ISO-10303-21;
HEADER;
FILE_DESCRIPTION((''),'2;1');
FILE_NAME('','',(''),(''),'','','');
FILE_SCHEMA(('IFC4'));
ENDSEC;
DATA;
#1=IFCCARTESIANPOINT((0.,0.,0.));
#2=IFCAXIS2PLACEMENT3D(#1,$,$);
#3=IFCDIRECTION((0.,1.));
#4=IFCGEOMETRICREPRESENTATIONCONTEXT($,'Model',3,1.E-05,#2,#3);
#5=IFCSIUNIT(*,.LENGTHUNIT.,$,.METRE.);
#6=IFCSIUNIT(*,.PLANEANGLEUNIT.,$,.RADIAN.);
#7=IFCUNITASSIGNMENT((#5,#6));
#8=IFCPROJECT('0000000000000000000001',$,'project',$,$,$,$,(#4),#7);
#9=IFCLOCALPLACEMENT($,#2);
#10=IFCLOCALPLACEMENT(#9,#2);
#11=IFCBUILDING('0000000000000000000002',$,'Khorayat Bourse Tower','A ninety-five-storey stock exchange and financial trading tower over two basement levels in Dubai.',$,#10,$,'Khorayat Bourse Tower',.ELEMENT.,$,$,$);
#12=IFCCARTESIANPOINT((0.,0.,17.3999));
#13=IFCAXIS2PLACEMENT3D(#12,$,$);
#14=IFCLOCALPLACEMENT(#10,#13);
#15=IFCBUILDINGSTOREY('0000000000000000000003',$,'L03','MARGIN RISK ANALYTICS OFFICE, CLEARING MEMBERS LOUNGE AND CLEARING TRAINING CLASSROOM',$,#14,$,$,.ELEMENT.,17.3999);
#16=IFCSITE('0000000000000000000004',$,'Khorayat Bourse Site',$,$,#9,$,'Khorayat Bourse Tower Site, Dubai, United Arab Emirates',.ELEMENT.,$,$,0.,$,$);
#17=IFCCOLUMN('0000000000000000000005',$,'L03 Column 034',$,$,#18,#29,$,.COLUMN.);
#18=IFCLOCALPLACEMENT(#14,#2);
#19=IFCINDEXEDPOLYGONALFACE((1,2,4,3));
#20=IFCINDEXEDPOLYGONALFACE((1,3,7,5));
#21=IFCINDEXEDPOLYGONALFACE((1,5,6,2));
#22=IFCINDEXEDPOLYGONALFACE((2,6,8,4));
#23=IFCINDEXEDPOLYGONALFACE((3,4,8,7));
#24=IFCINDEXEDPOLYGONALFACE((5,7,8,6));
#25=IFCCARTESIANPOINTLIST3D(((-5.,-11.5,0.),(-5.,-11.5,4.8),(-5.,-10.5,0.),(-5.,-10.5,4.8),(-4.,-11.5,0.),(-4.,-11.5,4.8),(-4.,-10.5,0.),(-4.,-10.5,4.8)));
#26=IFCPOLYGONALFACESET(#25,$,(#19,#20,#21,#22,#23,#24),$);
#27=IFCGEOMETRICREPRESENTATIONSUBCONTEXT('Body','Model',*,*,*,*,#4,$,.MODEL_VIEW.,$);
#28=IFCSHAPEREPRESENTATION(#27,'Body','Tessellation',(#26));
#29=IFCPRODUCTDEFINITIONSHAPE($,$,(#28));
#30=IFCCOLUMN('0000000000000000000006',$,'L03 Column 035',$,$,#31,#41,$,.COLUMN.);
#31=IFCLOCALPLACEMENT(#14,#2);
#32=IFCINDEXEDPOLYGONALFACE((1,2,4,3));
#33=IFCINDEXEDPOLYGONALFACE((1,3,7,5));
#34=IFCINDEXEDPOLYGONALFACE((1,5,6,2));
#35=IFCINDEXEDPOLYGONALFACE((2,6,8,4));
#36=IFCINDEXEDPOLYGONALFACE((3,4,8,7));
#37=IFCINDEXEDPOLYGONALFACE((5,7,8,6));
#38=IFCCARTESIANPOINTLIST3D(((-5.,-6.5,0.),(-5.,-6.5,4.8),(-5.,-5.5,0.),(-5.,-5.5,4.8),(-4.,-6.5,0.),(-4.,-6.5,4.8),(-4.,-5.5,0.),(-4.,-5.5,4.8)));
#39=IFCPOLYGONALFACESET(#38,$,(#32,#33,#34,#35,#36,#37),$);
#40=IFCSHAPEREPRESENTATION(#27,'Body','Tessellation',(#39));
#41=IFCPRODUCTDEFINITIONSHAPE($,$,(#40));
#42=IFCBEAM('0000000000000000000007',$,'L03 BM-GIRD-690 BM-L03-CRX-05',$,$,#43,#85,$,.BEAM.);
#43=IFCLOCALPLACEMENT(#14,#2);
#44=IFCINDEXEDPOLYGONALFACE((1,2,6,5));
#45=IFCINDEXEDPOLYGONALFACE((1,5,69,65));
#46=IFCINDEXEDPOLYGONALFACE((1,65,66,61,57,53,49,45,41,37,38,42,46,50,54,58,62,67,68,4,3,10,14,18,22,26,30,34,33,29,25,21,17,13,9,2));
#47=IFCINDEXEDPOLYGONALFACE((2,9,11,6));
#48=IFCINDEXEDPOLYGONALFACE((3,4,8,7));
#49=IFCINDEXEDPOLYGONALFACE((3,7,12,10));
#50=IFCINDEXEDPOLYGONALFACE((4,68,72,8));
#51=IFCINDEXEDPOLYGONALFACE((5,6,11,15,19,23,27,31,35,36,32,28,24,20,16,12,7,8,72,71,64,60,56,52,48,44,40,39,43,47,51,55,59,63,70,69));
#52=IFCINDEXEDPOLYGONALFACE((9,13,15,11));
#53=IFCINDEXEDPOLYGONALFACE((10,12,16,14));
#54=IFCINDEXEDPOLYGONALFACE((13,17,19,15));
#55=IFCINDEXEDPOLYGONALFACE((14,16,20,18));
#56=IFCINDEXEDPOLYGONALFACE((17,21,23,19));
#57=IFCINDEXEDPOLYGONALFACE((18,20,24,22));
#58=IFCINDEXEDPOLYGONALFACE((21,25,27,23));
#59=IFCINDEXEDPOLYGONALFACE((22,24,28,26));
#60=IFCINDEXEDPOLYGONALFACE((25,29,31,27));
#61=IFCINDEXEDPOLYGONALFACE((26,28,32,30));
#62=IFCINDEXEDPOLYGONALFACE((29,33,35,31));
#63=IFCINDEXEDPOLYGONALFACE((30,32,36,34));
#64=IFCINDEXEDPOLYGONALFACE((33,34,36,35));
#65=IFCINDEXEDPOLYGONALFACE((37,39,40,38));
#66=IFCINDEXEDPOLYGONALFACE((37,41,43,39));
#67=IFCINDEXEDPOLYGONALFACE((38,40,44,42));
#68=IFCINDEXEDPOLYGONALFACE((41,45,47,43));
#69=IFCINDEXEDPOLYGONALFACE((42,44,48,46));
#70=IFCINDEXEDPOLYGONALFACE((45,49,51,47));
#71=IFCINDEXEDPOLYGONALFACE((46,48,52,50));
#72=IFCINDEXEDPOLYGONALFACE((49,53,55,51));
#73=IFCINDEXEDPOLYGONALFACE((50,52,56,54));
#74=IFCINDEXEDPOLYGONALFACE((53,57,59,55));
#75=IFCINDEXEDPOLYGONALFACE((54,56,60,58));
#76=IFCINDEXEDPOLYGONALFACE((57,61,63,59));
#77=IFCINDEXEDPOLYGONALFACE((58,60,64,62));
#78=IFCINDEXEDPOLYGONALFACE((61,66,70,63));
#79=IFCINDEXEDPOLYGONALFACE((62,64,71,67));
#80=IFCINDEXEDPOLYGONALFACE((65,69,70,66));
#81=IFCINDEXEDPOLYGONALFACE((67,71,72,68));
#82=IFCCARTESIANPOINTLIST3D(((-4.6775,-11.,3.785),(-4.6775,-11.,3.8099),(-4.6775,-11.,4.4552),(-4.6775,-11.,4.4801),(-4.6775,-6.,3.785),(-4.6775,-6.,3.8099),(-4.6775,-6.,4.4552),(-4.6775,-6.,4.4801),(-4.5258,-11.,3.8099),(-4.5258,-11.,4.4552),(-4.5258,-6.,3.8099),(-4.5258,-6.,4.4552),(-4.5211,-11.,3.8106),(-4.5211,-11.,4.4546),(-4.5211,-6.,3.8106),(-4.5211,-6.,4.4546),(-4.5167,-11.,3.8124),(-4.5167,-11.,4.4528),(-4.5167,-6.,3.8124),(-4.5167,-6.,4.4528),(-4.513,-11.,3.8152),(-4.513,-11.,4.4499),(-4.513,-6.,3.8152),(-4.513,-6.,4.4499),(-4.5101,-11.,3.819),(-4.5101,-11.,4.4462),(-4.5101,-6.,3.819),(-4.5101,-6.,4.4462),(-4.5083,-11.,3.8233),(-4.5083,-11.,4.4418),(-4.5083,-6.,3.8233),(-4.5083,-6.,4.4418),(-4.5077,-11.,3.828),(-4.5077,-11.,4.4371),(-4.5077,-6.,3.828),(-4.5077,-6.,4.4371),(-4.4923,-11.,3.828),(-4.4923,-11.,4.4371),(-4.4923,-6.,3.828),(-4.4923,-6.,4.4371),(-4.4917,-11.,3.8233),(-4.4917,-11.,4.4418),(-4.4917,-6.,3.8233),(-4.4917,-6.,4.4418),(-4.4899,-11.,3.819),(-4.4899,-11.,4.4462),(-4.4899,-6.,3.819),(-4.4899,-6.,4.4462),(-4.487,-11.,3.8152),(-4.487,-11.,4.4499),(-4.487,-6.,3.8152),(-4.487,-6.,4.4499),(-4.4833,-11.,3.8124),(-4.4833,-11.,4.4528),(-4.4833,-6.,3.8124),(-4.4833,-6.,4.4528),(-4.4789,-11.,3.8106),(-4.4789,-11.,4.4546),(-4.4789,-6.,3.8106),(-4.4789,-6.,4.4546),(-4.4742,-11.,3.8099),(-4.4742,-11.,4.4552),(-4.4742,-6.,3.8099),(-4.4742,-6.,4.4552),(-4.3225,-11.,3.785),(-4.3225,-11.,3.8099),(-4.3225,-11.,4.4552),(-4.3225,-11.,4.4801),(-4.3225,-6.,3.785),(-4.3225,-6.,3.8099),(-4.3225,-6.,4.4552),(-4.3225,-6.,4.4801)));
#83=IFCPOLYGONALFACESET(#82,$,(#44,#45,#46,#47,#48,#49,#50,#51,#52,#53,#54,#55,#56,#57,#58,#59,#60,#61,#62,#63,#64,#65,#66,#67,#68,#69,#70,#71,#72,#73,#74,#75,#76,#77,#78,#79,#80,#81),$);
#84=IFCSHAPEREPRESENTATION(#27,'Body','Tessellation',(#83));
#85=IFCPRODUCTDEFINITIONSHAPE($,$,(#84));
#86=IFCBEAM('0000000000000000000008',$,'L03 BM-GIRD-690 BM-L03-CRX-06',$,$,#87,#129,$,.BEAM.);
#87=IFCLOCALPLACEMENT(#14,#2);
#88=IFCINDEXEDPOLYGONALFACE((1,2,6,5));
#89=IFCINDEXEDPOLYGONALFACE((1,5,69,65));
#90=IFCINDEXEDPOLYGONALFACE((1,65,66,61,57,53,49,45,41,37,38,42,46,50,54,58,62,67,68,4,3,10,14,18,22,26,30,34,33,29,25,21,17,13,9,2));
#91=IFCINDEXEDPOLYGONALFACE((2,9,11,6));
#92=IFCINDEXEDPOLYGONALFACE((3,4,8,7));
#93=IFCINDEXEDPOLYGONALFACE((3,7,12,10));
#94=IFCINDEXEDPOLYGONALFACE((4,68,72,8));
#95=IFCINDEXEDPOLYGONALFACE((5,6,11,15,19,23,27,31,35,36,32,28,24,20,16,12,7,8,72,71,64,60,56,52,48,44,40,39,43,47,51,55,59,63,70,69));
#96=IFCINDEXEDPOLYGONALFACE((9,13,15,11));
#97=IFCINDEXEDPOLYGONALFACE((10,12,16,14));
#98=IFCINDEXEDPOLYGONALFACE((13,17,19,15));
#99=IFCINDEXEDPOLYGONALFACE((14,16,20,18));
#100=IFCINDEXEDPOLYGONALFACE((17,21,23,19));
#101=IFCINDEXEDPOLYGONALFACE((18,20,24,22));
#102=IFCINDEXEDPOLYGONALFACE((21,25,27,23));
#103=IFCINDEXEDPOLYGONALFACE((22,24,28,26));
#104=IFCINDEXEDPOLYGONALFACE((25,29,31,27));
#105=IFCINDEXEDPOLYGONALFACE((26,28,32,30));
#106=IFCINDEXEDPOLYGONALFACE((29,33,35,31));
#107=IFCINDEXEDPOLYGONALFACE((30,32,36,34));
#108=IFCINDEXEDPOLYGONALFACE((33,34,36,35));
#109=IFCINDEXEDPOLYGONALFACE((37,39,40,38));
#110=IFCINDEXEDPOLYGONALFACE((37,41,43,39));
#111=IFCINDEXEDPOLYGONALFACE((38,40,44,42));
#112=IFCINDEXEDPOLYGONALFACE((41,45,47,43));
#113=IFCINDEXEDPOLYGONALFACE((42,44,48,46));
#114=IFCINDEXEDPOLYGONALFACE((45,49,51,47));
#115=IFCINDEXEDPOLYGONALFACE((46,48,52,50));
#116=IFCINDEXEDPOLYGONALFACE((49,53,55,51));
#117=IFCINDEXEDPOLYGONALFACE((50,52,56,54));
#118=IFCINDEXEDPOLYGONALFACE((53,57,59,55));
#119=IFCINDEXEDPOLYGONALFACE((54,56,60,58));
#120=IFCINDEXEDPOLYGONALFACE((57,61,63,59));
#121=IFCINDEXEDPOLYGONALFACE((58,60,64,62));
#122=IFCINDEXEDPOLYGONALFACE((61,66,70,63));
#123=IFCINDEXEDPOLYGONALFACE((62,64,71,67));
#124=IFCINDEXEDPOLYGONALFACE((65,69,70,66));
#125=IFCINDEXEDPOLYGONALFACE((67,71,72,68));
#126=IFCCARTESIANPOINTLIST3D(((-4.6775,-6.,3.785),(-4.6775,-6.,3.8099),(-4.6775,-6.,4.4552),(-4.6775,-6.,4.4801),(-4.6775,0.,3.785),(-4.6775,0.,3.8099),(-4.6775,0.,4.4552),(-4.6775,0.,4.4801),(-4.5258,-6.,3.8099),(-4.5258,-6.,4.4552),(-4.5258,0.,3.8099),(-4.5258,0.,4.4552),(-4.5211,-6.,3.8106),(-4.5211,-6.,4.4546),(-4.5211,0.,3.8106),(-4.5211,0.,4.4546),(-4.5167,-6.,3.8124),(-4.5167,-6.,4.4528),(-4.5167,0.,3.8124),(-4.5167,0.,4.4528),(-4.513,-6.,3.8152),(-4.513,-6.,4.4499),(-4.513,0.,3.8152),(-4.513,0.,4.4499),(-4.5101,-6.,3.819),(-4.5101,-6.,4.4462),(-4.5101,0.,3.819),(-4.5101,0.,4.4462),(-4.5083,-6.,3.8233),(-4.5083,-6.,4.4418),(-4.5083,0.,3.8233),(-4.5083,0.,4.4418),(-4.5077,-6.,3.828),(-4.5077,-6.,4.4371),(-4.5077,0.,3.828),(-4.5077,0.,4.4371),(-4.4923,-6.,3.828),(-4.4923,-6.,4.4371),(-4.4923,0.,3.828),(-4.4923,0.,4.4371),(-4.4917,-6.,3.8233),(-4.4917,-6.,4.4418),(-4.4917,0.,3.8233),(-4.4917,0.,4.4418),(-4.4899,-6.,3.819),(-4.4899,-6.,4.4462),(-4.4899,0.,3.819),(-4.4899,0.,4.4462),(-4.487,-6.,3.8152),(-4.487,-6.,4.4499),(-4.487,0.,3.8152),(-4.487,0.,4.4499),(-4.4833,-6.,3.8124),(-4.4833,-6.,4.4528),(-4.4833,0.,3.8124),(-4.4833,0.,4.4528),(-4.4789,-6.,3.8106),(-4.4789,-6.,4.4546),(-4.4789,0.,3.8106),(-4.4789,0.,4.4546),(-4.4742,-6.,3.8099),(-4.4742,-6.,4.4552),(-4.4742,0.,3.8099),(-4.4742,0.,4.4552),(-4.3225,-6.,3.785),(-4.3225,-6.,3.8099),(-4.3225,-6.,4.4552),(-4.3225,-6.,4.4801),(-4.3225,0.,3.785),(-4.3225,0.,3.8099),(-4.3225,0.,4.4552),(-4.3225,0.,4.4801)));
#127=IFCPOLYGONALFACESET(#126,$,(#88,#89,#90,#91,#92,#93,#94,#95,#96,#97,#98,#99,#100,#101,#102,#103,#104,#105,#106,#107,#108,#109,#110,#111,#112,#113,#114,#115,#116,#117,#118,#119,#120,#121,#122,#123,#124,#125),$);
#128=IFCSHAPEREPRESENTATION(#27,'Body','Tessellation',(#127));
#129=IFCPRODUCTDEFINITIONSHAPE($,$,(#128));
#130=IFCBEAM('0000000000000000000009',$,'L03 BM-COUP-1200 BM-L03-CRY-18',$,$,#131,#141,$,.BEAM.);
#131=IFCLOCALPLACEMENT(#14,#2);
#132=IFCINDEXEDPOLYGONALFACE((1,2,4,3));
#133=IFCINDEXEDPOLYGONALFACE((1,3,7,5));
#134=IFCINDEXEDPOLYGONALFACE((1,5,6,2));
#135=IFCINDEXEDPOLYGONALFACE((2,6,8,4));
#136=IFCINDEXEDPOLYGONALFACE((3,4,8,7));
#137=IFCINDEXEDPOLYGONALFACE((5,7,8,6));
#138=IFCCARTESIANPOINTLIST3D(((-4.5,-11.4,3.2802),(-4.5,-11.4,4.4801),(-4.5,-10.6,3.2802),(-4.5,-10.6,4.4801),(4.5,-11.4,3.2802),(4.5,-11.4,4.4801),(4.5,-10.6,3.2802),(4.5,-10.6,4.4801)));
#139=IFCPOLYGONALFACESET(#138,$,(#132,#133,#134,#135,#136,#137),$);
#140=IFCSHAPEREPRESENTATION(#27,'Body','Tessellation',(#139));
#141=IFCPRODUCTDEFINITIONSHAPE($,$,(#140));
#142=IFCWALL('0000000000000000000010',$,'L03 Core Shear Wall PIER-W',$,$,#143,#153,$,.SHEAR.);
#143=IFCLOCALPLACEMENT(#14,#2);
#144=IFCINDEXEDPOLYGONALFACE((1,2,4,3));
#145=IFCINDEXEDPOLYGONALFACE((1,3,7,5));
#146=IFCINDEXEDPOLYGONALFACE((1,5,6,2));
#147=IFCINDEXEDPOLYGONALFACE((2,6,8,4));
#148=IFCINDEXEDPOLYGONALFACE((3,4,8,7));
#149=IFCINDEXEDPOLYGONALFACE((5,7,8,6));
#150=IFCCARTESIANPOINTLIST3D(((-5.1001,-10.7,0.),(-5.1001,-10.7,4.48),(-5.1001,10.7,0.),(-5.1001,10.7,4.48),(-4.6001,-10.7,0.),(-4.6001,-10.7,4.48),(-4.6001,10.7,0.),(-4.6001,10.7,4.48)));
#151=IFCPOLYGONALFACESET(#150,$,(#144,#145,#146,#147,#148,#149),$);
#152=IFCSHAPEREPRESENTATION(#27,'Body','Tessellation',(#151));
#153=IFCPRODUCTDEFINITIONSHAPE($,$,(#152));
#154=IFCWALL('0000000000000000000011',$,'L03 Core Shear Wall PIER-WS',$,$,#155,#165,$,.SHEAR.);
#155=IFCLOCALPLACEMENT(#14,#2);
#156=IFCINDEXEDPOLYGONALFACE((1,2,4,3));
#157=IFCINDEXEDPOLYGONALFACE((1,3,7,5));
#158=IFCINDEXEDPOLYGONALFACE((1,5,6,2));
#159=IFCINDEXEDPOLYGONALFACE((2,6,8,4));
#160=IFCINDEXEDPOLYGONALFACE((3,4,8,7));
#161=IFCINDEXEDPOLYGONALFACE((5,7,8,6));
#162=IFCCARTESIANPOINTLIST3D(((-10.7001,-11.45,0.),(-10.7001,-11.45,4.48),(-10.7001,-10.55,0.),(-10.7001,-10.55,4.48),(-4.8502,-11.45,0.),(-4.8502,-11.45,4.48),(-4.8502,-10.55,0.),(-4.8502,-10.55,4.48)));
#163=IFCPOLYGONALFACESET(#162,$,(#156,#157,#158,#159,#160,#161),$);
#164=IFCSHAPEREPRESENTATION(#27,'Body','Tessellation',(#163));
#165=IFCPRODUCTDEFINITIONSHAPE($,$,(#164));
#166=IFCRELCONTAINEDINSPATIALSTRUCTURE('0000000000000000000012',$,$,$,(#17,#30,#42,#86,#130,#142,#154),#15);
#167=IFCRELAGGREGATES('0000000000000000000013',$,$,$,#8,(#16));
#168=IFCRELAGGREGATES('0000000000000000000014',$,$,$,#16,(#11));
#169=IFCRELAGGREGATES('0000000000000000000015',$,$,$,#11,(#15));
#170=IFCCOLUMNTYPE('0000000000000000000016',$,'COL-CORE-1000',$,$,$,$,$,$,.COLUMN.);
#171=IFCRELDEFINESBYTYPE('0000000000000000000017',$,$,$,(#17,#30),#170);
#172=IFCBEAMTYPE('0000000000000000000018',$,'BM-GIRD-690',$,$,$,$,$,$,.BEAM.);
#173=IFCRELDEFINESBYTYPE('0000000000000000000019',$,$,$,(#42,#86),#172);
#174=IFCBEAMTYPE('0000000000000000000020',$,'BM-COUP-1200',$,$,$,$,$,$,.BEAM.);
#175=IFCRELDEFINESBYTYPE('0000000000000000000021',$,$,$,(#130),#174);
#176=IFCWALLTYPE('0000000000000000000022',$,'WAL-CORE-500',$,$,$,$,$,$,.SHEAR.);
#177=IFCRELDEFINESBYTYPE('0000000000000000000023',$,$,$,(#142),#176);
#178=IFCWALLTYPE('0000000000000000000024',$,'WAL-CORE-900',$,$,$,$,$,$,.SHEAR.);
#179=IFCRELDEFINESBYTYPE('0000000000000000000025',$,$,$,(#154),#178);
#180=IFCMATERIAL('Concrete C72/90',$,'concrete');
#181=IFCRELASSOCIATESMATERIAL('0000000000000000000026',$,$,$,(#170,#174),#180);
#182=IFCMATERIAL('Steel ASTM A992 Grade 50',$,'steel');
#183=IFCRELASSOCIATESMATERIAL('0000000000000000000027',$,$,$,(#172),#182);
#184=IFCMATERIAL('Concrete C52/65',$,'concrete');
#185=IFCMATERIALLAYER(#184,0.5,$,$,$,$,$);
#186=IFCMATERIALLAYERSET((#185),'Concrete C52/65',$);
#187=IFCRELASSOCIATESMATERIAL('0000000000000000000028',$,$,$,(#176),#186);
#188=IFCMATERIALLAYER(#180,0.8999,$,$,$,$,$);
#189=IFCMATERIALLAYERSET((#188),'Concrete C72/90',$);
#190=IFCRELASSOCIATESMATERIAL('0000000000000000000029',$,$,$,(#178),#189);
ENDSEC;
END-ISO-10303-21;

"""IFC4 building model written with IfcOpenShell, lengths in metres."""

from ifc_helpers import new_model, si_unit, direction, frame, frame_2d, origin, origin_2d, place, context, subcontext, project, spatial, rectangle, i_section, extrude, source, transform, mapped, material, layer, layer_set, material_profile, profile_set, type_object, element, save


model = new_model("IFC4")

# Units and contexts
model_context = context("Model", 3, precision=1e-05, world=origin(), true_north=direction((0.0, 1.0)))
body_context = subcontext(model_context, "Body", "Model", "MODEL_VIEW")
ifc_project = project(units=[si_unit("LENGTHUNIT", "METRE"), si_unit("PLANEANGLEUNIT", "RADIAN")], contexts=[model_context])

# Site, building, storey
site_placement = place(None, origin())
site = spatial("IfcSite", under=ifc_project, at=site_placement, Name="Khorayat Bourse Site", LongName="Khorayat Bourse Tower Site, Dubai, United Arab Emirates", CompositionType="ELEMENT", RefElevation=0.0)
building_placement = place(site_placement, origin())
building = spatial("IfcBuilding", under=site, at=building_placement, Name="Khorayat Bourse Tower", Description="A ninety-five-storey stock exchange and financial trading tower over two basement levels in Dubai.", LongName="Khorayat Bourse Tower", CompositionType="ELEMENT")
storey_placement = place(building_placement, frame((0.0, 0.0, 17.3999)))
storey = spatial("IfcBuildingStorey", under=building, at=storey_placement, Name="L03", Description="MARGIN RISK ANALYTICS OFFICE, CLEARING MEMBERS LOUNGE AND CLEARING TRAINING CLASSROOM", CompositionType="ELEMENT", Elevation=17.3999)

# Columns
ifc_material_1 = material(Name="Concrete C72/90", Category="concrete")
ifc_material_profile_1 = material_profile(ifc_material_1, rectangle(XDim=1.0, YDim=1.0, at=origin_2d()), Name="RC 1000x1000")
ifc_profile_set_1 = profile_set([ifc_material_profile_1], Name="Concrete C72/90")
column_type = type_object("IfcColumnType", Name="COL-CORE-1000", PredefinedType="COLUMN", material=ifc_profile_set_1)
shared_shape_1 = source(origin(), body_context, "Body", "SweptSolid", [
    extrude(rectangle(XDim=1.0, YDim=1.0, at=origin_2d()), origin(), (0.0, 0.0, 1.0), 4.8),
])
for number, where, z_axis, x_axis, name in (
    (1, (-4.5, -11.0, 0.0), (0.0, 0.0, 1.0), (1.0, 0.0, 0.0), "L03 Column 034"),
    (2, (-4.5, -6.0, 0.0), (0.0, 0.0, 1.0), (1.0, 0.0, 0.0), "L03 Column 035"),
):
    element("IfcColumn", number, at=place(storey_placement, frame(where, z_axis=z_axis, x_axis=x_axis)), inside=storey, type_object=column_type, Name=name, PredefinedType="COLUMN", context=body_context, shape_type="MappedRepresentation", body=[
        mapped(shared_shape_1, transform((0.0, 0.0, 0.0), scale=1.0)),
    ])

# Beams
ifc_material_2 = material(Name="Steel ASTM A992 Grade 50", Category="steel")
ifc_material_profile_2 = material_profile(ifc_material_2, i_section(OverallWidth=0.355, OverallDepth=0.6951, WebThickness=0.0154, FlangeThickness=0.0249, FilletRadius=0.0181, at=origin_2d()), Name="W690X217")
ifc_profile_set_2 = profile_set([ifc_material_profile_2], Name="Steel ASTM A992 Grade 50")
beam_type_1 = type_object("IfcBeamType", Name="BM-GIRD-690", PredefinedType="BEAM", material=ifc_profile_set_2)
shared_shape_2 = source(origin(), body_context, "Body", "SweptSolid", [
    extrude(i_section(OverallWidth=0.355, OverallDepth=0.6951, WebThickness=0.0154, FlangeThickness=0.0249, FilletRadius=0.0181, at=origin_2d()), origin(), (0.0, 0.0, 1.0), 5.0),
])
beam_1_placement = place(storey_placement, frame((-4.5, -11.0, 4.1326), z_axis=(0.0, 1.0, 0.0), x_axis=(-1.0, 0.0, 0.0)))
element("IfcBeam", 3, at=beam_1_placement, inside=storey, type_object=beam_type_1, Name="L03 BM-GIRD-690 BM-L03-CRX-05", PredefinedType="BEAM", context=body_context, shape_type="MappedRepresentation", body=[
    mapped(shared_shape_2, transform((0.0, 0.0, 0.0), scale=1.0)),
])
shared_shape_3 = source(origin(), body_context, "Body", "SweptSolid", [
    extrude(i_section(OverallWidth=0.355, OverallDepth=0.6951, WebThickness=0.0154, FlangeThickness=0.0249, FilletRadius=0.0181, at=origin_2d()), origin(), (0.0, 0.0, 1.0), 6.0),
])
beam_2_placement = place(storey_placement, frame((-4.5, -6.0, 4.1326), z_axis=(0.0, 1.0, 0.0), x_axis=(-1.0, 0.0, 0.0)))
element("IfcBeam", 4, at=beam_2_placement, inside=storey, type_object=beam_type_1, Name="L03 BM-GIRD-690 BM-L03-CRX-06", PredefinedType="BEAM", context=body_context, shape_type="MappedRepresentation", body=[
    mapped(shared_shape_3, transform((0.0, 0.0, 0.0), scale=1.0)),
])
ifc_material_profile_3 = material_profile(ifc_material_1, rectangle(XDim=0.8, YDim=1.2, at=origin_2d()), Name="RC 800x1200")
ifc_profile_set_3 = profile_set([ifc_material_profile_3], Name="Concrete C72/90")
beam_type_2 = type_object("IfcBeamType", Name="BM-COUP-1200", PredefinedType="BEAM", material=ifc_profile_set_3)
shared_shape_4 = source(origin(), body_context, "Body", "SweptSolid", [
    extrude(rectangle(XDim=0.8, YDim=1.2, at=origin_2d()), origin(), (0.0, 0.0, 1.0), 9.0),
])
beam_3_placement = place(storey_placement, frame((-4.5, -11.0, 3.8801), z_axis=(1.0, 0.0, 0.0), x_axis=(0.0, 1.0, 0.0)))
element("IfcBeam", 5, at=beam_3_placement, inside=storey, type_object=beam_type_2, Name="L03 BM-COUP-1200 BM-L03-CRY-18", PredefinedType="BEAM", context=body_context, shape_type="MappedRepresentation", body=[
    mapped(shared_shape_4, transform((0.0, 0.0, 0.0), scale=1.0)),
])

# Walls
ifc_material_3 = material(Name="Concrete C52/65", Category="concrete")
ifc_layer_1 = layer(ifc_material_3, 0.5)
ifc_layer_set_1 = layer_set([ifc_layer_1], Name="Concrete C52/65")
wall_type_1 = type_object("IfcWallType", Name="WAL-CORE-500", PredefinedType="SHEAR", material=ifc_layer_set_1)
shared_shape_5 = source(origin(), body_context, "Body", "SweptSolid", [
    extrude(rectangle(XDim=21.3999, YDim=0.5, at=frame_2d((10.7, 0.0))), origin(), (0.0, 0.0, 1.0), 4.48),
])
wall_1_placement = place(storey_placement, frame((-4.8501, -10.7, 0.0), z_axis=(0.0, 0.0, 1.0), x_axis=(0.0, 1.0, 0.0)))
element("IfcWall", 6, at=wall_1_placement, inside=storey, type_object=wall_type_1, Name="L03 Core Shear Wall PIER-W", PredefinedType="SHEAR", context=body_context, shape_type="MappedRepresentation", body=[
    mapped(shared_shape_5, transform((0.0, 0.0, 0.0), scale=1.0)),
])
ifc_layer_2 = layer(ifc_material_1, 0.8999)
ifc_layer_set_2 = layer_set([ifc_layer_2], Name="Concrete C72/90")
wall_type_2 = type_object("IfcWallType", Name="WAL-CORE-900", PredefinedType="SHEAR", material=ifc_layer_set_2)
shared_shape_6 = source(origin(), body_context, "Body", "SweptSolid", [
    extrude(rectangle(XDim=5.8499, YDim=0.8999, at=frame_2d((2.9248, 0.0))), origin(), (0.0, 0.0, 1.0), 4.48),
])
wall_2_placement = place(storey_placement, frame((-10.7, -11.0, 0.0), z_axis=(0.0, 0.0, 1.0), x_axis=(1.0, 0.0, 0.0)))
element("IfcWall", 7, at=wall_2_placement, inside=storey, type_object=wall_type_2, Name="L03 Core Shear Wall PIER-WS", PredefinedType="SHEAR", context=body_context, shape_type="MappedRepresentation", body=[
    mapped(shared_shape_6, transform((0.0, 0.0, 0.0), scale=1.0)),
])

save(model, "model.ifc")
